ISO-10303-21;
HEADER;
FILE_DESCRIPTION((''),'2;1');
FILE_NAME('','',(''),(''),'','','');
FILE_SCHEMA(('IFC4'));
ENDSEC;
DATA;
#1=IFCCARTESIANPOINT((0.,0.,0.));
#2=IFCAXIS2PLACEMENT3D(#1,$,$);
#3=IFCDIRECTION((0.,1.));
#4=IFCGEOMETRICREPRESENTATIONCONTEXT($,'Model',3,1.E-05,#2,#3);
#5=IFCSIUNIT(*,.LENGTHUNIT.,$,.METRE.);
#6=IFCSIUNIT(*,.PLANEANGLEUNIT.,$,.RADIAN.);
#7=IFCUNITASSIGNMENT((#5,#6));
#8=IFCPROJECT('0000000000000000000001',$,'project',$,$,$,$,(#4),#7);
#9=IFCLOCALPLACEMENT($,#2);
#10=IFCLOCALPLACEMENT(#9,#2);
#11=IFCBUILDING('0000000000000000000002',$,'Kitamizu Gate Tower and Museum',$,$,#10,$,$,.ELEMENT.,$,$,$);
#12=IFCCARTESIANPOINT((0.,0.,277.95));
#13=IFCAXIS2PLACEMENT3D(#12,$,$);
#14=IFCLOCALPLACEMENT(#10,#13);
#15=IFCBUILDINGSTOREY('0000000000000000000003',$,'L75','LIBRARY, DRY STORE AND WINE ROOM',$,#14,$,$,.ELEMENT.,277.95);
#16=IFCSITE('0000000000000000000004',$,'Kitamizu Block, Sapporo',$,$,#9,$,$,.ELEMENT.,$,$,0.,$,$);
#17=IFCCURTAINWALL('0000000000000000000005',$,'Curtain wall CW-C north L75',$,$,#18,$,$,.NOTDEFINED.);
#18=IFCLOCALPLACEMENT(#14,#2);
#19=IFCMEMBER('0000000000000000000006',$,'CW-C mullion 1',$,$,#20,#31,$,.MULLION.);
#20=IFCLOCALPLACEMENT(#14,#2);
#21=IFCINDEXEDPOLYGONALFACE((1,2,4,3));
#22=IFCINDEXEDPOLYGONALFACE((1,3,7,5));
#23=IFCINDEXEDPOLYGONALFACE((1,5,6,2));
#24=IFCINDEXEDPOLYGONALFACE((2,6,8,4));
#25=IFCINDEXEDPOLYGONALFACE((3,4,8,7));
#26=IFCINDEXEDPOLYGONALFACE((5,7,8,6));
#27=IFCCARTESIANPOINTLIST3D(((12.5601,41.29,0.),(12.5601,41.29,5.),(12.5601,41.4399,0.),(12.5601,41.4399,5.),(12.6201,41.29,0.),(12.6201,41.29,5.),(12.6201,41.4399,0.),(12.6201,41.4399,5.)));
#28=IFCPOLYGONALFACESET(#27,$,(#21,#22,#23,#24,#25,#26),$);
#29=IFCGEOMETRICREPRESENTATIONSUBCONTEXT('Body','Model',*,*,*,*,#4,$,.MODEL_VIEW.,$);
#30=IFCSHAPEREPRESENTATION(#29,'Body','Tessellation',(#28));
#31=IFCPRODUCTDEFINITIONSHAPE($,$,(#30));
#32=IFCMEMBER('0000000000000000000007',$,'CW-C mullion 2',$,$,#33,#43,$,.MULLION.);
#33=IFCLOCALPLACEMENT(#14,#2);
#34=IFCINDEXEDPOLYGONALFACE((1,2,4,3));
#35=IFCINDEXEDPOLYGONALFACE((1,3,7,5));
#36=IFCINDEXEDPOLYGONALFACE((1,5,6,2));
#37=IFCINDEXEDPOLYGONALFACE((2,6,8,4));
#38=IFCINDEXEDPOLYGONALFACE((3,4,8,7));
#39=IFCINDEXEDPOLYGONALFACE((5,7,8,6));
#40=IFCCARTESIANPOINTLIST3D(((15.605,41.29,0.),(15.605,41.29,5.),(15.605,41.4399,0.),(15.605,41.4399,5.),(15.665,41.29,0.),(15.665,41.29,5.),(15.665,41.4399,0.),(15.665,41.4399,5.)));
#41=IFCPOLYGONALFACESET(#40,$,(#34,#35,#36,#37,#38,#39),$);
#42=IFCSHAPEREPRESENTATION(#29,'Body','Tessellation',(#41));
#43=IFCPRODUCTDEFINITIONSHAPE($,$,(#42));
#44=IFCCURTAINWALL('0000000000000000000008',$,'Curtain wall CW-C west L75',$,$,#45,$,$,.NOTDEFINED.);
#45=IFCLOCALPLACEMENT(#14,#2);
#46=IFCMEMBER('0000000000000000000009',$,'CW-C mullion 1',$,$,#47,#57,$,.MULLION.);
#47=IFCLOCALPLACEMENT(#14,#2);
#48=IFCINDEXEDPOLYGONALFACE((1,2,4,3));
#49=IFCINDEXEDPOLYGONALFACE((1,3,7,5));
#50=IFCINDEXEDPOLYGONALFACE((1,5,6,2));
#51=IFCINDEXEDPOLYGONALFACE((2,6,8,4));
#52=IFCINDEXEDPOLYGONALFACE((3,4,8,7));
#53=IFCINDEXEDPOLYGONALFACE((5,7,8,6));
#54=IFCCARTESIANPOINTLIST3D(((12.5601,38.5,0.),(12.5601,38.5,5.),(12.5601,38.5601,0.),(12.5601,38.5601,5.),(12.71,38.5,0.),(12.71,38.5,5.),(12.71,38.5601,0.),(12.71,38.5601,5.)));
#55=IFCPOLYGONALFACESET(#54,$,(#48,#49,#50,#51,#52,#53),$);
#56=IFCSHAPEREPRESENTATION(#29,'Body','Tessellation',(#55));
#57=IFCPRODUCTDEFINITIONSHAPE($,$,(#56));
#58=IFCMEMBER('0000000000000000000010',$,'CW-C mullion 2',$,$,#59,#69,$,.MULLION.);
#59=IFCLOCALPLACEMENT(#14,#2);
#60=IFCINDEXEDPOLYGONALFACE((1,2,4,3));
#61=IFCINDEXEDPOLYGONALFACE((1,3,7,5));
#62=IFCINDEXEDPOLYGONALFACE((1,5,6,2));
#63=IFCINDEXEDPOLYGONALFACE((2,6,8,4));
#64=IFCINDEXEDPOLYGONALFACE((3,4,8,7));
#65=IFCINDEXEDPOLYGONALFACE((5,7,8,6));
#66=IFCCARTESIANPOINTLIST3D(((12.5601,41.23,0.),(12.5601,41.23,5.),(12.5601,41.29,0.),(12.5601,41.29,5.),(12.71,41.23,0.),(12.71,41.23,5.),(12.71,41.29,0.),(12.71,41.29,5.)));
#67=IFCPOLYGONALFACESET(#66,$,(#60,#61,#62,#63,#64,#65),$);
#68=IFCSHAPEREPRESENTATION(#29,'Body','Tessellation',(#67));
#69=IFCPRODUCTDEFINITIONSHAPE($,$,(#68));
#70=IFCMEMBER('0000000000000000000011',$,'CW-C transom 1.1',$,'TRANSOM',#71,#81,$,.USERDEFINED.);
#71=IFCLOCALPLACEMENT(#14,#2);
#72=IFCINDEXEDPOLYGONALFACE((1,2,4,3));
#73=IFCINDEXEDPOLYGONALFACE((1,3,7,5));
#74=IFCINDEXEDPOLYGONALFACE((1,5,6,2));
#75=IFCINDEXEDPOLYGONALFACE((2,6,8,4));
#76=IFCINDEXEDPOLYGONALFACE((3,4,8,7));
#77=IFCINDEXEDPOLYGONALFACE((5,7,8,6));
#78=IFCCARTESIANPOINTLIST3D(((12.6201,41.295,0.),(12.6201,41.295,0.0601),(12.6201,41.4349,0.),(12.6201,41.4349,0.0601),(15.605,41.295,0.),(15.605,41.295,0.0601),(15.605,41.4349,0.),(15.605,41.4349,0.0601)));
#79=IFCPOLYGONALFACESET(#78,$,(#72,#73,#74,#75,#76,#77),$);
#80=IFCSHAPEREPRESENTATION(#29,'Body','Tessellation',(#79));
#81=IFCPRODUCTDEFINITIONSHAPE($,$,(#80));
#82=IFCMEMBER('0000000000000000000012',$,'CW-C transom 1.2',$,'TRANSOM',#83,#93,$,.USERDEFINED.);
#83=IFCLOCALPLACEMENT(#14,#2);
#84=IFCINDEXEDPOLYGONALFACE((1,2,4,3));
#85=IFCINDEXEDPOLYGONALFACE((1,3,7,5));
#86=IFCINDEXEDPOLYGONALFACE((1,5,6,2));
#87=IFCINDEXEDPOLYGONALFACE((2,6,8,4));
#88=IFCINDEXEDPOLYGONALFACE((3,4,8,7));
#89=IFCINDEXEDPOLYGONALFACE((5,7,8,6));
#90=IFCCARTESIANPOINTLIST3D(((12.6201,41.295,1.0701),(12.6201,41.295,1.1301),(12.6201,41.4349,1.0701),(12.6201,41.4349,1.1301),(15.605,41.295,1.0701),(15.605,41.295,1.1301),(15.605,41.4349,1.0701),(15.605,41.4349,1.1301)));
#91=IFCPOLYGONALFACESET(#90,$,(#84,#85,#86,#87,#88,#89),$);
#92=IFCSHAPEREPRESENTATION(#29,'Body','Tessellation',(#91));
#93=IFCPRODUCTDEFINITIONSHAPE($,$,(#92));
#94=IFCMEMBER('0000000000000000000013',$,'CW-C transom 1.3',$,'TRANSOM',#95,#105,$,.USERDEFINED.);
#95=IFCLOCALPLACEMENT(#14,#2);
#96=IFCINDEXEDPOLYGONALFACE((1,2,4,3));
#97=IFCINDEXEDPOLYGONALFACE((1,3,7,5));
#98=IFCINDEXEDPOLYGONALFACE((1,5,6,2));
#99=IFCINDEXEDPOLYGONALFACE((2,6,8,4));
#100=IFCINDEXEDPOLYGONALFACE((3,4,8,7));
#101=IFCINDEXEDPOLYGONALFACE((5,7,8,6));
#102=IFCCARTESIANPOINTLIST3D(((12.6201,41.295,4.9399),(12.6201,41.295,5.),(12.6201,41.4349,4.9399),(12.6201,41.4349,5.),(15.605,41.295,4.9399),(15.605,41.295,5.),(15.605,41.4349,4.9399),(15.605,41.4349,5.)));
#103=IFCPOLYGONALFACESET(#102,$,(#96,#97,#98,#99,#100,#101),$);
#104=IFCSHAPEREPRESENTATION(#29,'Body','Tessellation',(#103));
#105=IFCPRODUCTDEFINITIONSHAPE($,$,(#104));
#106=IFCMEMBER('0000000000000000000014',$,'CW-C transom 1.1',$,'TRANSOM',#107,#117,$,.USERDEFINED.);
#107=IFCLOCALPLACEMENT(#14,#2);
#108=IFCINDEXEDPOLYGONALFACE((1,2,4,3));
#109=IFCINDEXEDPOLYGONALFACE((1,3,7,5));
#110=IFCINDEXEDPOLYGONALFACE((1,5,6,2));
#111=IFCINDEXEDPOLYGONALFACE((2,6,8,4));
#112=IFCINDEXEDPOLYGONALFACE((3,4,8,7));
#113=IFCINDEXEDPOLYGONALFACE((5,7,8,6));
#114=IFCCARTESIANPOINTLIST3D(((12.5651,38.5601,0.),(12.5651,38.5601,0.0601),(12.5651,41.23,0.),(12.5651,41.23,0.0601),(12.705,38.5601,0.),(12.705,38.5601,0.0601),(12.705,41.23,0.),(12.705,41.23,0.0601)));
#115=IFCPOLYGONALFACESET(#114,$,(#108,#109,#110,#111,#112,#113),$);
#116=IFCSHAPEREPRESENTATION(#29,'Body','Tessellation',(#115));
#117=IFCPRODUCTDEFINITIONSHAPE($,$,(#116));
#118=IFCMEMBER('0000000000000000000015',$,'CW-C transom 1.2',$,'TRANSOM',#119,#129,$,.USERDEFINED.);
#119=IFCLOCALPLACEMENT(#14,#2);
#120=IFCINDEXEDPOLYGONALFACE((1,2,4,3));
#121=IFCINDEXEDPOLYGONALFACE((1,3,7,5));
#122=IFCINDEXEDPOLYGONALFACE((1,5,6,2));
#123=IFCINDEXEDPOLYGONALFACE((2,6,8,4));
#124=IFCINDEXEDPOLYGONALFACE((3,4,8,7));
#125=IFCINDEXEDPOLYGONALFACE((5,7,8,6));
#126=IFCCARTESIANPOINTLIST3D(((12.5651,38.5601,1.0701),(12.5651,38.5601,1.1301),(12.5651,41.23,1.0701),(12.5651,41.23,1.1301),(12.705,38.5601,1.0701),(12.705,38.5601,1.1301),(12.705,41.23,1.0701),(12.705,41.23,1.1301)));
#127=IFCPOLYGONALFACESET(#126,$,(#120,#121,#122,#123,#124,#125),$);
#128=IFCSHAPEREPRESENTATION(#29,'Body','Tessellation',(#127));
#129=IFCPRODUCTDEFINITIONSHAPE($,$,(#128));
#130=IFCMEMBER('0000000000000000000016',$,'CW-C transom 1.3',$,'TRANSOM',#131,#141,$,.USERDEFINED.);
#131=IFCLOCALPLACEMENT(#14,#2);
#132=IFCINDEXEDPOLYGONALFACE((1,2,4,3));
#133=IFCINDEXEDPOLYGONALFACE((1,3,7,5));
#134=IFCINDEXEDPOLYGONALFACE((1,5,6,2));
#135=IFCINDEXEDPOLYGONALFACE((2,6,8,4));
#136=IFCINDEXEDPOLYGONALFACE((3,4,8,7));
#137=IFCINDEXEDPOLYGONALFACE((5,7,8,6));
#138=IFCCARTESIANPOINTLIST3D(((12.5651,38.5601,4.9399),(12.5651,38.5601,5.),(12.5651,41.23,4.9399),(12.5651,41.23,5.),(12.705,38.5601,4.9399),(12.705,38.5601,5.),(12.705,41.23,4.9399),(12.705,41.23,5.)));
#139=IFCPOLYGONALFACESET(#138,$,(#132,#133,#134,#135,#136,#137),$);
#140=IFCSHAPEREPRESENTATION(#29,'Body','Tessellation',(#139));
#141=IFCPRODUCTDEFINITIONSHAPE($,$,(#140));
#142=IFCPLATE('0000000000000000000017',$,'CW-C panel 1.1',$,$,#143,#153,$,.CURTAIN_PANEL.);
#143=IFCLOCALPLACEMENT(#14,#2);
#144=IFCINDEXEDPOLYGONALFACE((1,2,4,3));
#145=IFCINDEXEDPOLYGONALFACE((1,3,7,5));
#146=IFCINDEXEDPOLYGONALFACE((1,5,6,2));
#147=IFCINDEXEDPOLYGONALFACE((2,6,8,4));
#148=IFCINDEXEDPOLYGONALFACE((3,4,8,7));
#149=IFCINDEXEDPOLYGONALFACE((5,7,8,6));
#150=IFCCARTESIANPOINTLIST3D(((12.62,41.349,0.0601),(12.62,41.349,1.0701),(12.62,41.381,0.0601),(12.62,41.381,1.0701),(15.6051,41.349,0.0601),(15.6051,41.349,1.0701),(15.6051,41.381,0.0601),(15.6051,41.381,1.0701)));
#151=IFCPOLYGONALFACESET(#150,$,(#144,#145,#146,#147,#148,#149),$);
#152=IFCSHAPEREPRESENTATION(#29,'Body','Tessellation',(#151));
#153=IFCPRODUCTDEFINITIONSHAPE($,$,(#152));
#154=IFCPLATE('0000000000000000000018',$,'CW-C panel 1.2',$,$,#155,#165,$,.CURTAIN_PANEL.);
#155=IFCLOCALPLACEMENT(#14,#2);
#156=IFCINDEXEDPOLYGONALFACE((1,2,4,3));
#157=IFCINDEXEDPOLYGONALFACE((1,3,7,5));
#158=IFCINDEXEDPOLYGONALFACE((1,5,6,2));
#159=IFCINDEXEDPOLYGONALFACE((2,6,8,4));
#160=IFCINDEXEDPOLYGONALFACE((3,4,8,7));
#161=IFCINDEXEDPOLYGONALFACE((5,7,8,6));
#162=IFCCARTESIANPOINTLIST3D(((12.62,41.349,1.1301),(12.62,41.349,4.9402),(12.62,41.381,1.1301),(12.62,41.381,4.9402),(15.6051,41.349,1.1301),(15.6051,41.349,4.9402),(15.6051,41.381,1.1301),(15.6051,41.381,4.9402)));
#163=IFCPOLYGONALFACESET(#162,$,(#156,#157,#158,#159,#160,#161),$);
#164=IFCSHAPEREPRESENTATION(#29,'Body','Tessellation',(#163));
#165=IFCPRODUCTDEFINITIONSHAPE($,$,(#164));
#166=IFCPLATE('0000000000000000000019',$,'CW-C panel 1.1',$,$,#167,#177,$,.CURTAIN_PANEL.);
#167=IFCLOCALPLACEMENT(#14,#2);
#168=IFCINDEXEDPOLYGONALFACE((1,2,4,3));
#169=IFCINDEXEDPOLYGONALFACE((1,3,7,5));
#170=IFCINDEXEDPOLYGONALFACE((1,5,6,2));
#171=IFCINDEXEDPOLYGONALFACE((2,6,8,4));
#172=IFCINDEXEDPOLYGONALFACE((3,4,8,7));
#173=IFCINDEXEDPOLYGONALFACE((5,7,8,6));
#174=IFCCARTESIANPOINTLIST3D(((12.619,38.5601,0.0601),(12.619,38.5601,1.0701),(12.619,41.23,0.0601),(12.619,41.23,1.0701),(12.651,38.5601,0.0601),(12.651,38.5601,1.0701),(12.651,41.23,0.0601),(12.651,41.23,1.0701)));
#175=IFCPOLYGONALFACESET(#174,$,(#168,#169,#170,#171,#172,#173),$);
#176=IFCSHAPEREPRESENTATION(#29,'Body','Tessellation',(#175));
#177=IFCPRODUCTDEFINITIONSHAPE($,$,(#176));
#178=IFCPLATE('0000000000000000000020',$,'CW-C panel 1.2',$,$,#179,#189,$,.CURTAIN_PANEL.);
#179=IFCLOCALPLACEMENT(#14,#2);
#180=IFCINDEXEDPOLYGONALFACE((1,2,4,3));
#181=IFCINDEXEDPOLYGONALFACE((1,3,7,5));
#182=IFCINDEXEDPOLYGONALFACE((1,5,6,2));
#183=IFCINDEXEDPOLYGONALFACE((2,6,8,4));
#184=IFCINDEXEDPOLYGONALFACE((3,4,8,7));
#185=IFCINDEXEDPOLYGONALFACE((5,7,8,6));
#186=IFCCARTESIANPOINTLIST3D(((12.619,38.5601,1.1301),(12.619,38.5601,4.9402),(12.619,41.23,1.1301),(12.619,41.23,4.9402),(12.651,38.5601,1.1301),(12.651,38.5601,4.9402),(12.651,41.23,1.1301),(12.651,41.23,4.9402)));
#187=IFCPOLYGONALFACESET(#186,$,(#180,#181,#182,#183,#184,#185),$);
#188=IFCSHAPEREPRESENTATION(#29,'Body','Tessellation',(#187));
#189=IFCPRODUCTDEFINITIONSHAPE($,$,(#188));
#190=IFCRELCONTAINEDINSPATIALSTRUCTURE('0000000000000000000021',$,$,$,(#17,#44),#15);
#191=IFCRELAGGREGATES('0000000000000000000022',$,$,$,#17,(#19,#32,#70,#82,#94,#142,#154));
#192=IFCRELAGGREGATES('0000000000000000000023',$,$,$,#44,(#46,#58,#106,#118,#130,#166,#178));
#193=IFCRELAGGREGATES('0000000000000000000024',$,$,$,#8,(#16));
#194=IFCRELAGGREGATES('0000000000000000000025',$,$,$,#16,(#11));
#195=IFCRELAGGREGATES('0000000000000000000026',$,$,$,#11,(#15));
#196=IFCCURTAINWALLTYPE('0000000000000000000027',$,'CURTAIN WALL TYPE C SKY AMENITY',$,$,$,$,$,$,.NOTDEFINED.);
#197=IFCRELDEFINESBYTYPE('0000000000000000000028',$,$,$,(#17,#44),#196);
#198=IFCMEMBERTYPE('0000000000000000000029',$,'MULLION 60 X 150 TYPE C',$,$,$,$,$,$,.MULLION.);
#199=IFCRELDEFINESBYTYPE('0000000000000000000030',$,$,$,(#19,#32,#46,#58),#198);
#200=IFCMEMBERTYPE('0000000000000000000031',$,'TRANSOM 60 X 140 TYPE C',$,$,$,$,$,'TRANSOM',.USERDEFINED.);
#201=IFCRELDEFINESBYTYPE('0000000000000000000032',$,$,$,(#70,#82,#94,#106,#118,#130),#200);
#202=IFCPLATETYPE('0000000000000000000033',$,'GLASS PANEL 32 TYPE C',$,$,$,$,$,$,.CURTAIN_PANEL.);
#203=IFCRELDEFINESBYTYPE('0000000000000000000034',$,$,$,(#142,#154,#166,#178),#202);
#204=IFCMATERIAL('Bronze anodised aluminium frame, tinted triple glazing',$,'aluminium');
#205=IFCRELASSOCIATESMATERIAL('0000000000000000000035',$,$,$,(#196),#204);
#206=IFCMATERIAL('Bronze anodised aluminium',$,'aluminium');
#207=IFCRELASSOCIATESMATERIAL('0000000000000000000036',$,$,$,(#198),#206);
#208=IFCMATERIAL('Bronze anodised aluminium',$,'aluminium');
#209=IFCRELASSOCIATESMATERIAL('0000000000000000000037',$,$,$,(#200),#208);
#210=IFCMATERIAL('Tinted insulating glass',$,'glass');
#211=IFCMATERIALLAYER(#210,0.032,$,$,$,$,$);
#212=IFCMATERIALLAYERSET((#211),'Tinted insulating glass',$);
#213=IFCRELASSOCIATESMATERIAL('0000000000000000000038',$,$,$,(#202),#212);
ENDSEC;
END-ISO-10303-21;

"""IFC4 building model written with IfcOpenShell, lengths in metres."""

from ifc_helpers import new_model, si_unit, direction, frame, origin, origin_2d, place, context, subcontext, project, spatial, rectangle, extrude, material, layer, layer_set, material_profile, profile_set, type_object, element, aggregate, save


model = new_model("IFC4")

# Units and contexts
model_context = context("Model", 3, precision=1e-05, world=origin(), true_north=direction((0.0, 1.0)))
body_context = subcontext(model_context, "Body", "Model", "MODEL_VIEW")
ifc_project = project(units=[si_unit("LENGTHUNIT", "METRE"), si_unit("PLANEANGLEUNIT", "RADIAN")], contexts=[model_context])

# Site, building, storey
site_placement = place(None, origin())
site = spatial("IfcSite", under=ifc_project, at=site_placement, Name="Kitamizu Block, Sapporo", CompositionType="ELEMENT", RefElevation=0.0)
building_placement = place(site_placement, origin())
building = spatial("IfcBuilding", under=site, at=building_placement, Name="Kitamizu Gate Tower and Museum", CompositionType="ELEMENT")
storey_placement = place(building_placement, frame((0.0, 0.0, 277.95)))
storey = spatial("IfcBuildingStorey", under=building, at=storey_placement, Name="L75", Description="LIBRARY, DRY STORE AND WINE ROOM", CompositionType="ELEMENT", Elevation=277.95)

# Curtain walls, members
ifc_material_1 = material(Name="Bronze anodised aluminium frame, tinted triple glazing", Category="aluminium")
curtain_wall_type = type_object("IfcCurtainWallType", Name="CURTAIN WALL TYPE C SKY AMENITY", PredefinedType="NOTDEFINED", material=ifc_material_1)
curtain_wall_1_placement = place(storey_placement, origin())
curtain_wall_1 = element("IfcCurtainWall", 1, at=curtain_wall_1_placement, inside=storey, type_object=curtain_wall_type, Name="Curtain wall CW-C north L75", PredefinedType="NOTDEFINED")
ifc_material_2 = material(Name="Bronze anodised aluminium", Category="aluminium")
ifc_material_profile_1 = material_profile(ifc_material_2, rectangle(XDim=0.0601, YDim=0.1499, at=origin_2d()), Name="AL 60X150")
ifc_profile_set_1 = profile_set([ifc_material_profile_1], Name="Bronze anodised aluminium")
member_type_1 = type_object("IfcMemberType", Name="MULLION 60 X 150 TYPE C", PredefinedType="MULLION", material=ifc_profile_set_1)
member_1_placement = place(storey_placement, frame((12.5901, 41.365, 0.0), z_axis=(0.0, 0.0, 1.0), x_axis=(1.0, 0.0, 0.0)))
member_1 = element("IfcMember", 2, at=member_1_placement, type_object=member_type_1, Name="CW-C mullion 1", PredefinedType="MULLION", context=body_context, shape_type="SweptSolid", body=[
    extrude(rectangle(XDim=0.0601, YDim=0.1499, at=origin_2d()), origin(), (0.0, 0.0, 1.0), 5.0),
])
member_2_placement = place(storey_placement, frame((15.635, 41.365, 0.0), z_axis=(0.0, 0.0, 1.0), x_axis=(1.0, 0.0, 0.0)))
member_2 = element("IfcMember", 3, at=member_2_placement, type_object=member_type_1, Name="CW-C mullion 2", PredefinedType="MULLION", context=body_context, shape_type="SweptSolid", body=[
    extrude(rectangle(XDim=0.0601, YDim=0.1499, at=origin_2d()), origin(), (0.0, 0.0, 1.0), 5.0),
])
curtain_wall_2_placement = place(storey_placement, origin())
curtain_wall_2 = element("IfcCurtainWall", 4, at=curtain_wall_2_placement, inside=storey, type_object=curtain_wall_type, Name="Curtain wall CW-C west L75", PredefinedType="NOTDEFINED")
member_3_placement = place(storey_placement, frame((12.635, 38.53, 0.0), z_axis=(0.0, 0.0, 1.0), x_axis=(0.0, 1.0, 0.0)))
member_3 = element("IfcMember", 5, at=member_3_placement, type_object=member_type_1, Name="CW-C mullion 1", PredefinedType="MULLION", context=body_context, shape_type="SweptSolid", body=[
    extrude(rectangle(XDim=0.0601, YDim=0.1499, at=origin_2d()), origin(), (0.0, 0.0, 1.0), 5.0),
])
member_4_placement = place(storey_placement, frame((12.635, 41.26, 0.0), z_axis=(0.0, 0.0, 1.0), x_axis=(0.0, 1.0, 0.0)))
member_4 = element("IfcMember", 6, at=member_4_placement, type_object=member_type_1, Name="CW-C mullion 2", PredefinedType="MULLION", context=body_context, shape_type="SweptSolid", body=[
    extrude(rectangle(XDim=0.0601, YDim=0.1499, at=origin_2d()), origin(), (0.0, 0.0, 1.0), 5.0),
])

# Members
ifc_material_3 = material(Name="Bronze anodised aluminium", Category="aluminium")
ifc_material_profile_2 = material_profile(ifc_material_3, rectangle(XDim=0.1399, YDim=0.0601, at=origin_2d()), Name="AL 60X140")
ifc_profile_set_2 = profile_set([ifc_material_profile_2], Name="Bronze anodised aluminium")
member_type_2 = type_object("IfcMemberType", Name="TRANSOM 60 X 140 TYPE C", ElementType="TRANSOM", PredefinedType="USERDEFINED", material=ifc_profile_set_2)
member_5_placement = place(storey_placement, frame((12.6201, 41.365, 0.03), z_axis=(1.0, 0.0, 0.0), x_axis=(0.0, 1.0, 0.0)))
member_5 = element("IfcMember", 7, at=member_5_placement, type_object=member_type_2, Name="CW-C transom 1.1", ObjectType="TRANSOM", PredefinedType="USERDEFINED", context=body_context, shape_type="SweptSolid", body=[
    extrude(rectangle(XDim=0.1399, YDim=0.0601, at=origin_2d()), origin(), (0.0, 0.0, 1.0), 2.9849),
])
member_6_placement = place(storey_placement, frame((12.6201, 41.365, 1.1001), z_axis=(1.0, 0.0, 0.0), x_axis=(0.0, 1.0, 0.0)))
member_6 = element("IfcMember", 8, at=member_6_placement, type_object=member_type_2, Name="CW-C transom 1.2", ObjectType="TRANSOM", PredefinedType="USERDEFINED", context=body_context, shape_type="SweptSolid", body=[
    extrude(rectangle(XDim=0.1399, YDim=0.0601, at=origin_2d()), origin(), (0.0, 0.0, 1.0), 2.9849),
])
member_7_placement = place(storey_placement, frame((12.6201, 41.365, 4.97), z_axis=(1.0, 0.0, 0.0), x_axis=(0.0, 1.0, 0.0)))
member_7 = element("IfcMember", 9, at=member_7_placement, type_object=member_type_2, Name="CW-C transom 1.3", ObjectType="TRANSOM", PredefinedType="USERDEFINED", context=body_context, shape_type="SweptSolid", body=[
    extrude(rectangle(XDim=0.1399, YDim=0.0601, at=origin_2d()), origin(), (0.0, 0.0, 1.0), 2.9849),
])
member_8_placement = place(storey_placement, frame((12.635, 38.5601, 0.03), z_axis=(0.0, 1.0, 0.0), x_axis=(-1.0, 0.0, 0.0)))
member_8 = element("IfcMember", 10, at=member_8_placement, type_object=member_type_2, Name="CW-C transom 1.1", ObjectType="TRANSOM", PredefinedType="USERDEFINED", context=body_context, shape_type="SweptSolid", body=[
    extrude(rectangle(XDim=0.1399, YDim=0.0601, at=origin_2d()), origin(), (0.0, 0.0, 1.0), 2.6699),
])
member_9_placement = place(storey_placement, frame((12.635, 38.5601, 1.1001), z_axis=(0.0, 1.0, 0.0), x_axis=(-1.0, 0.0, 0.0)))
member_9 = element("IfcMember", 11, at=member_9_placement, type_object=member_type_2, Name="CW-C transom 1.2", ObjectType="TRANSOM", PredefinedType="USERDEFINED", context=body_context, shape_type="SweptSolid", body=[
    extrude(rectangle(XDim=0.1399, YDim=0.0601, at=origin_2d()), origin(), (0.0, 0.0, 1.0), 2.6699),
])
member_10_placement = place(storey_placement, frame((12.635, 38.5601, 4.97), z_axis=(0.0, 1.0, 0.0), x_axis=(-1.0, 0.0, 0.0)))
member_10 = element("IfcMember", 12, at=member_10_placement, type_object=member_type_2, Name="CW-C transom 1.3", ObjectType="TRANSOM", PredefinedType="USERDEFINED", context=body_context, shape_type="SweptSolid", body=[
    extrude(rectangle(XDim=0.1399, YDim=0.0601, at=origin_2d()), origin(), (0.0, 0.0, 1.0), 2.6699),
])

# Plates
ifc_material_4 = material(Name="Tinted insulating glass", Category="glass")
ifc_layer_1 = layer(ifc_material_4, 0.032)
ifc_layer_set_1 = layer_set([ifc_layer_1], Name="Tinted insulating glass")
plate_type = type_object("IfcPlateType", Name="GLASS PANEL 32 TYPE C", PredefinedType="CURTAIN_PANEL", material=ifc_layer_set_1)
plate_1_placement = place(storey_placement, frame((14.1125, 41.365, 0.0601), z_axis=(0.0, 0.0, 1.0), x_axis=(1.0, 0.0, 0.0)))
plate_1 = element("IfcPlate", 13, at=plate_1_placement, type_object=plate_type, Name="CW-C panel 1.1", PredefinedType="CURTAIN_PANEL", context=body_context, shape_type="SweptSolid", body=[
    extrude(rectangle(XDim=2.9851, YDim=0.032, at=origin_2d()), origin(), (0.0, 0.0, 1.0), 1.01),
])
plate_2_placement = place(storey_placement, frame((14.1125, 41.365, 1.1301), z_axis=(0.0, 0.0, 1.0), x_axis=(1.0, 0.0, 0.0)))
plate_2 = element("IfcPlate", 14, at=plate_2_placement, type_object=plate_type, Name="CW-C panel 1.2", PredefinedType="CURTAIN_PANEL", context=body_context, shape_type="SweptSolid", body=[
    extrude(rectangle(XDim=2.9851, YDim=0.032, at=origin_2d()), origin(), (0.0, 0.0, 1.0), 3.8101),
])
aggregate(curtain_wall_1, [member_1, member_2, member_5, member_6, member_7, plate_1, plate_2])
plate_3_placement = place(storey_placement, frame((12.635, 39.895, 0.0601), z_axis=(0.0, 0.0, 1.0), x_axis=(0.0, 1.0, 0.0)))
plate_3 = element("IfcPlate", 15, at=plate_3_placement, type_object=plate_type, Name="CW-C panel 1.1", PredefinedType="CURTAIN_PANEL", context=body_context, shape_type="SweptSolid", body=[
    extrude(rectangle(XDim=2.6699, YDim=0.032, at=origin_2d()), origin(), (0.0, 0.0, 1.0), 1.01),
])
plate_4_placement = place(storey_placement, frame((12.635, 39.895, 1.1301), z_axis=(0.0, 0.0, 1.0), x_axis=(0.0, 1.0, 0.0)))
plate_4 = element("IfcPlate", 16, at=plate_4_placement, type_object=plate_type, Name="CW-C panel 1.2", PredefinedType="CURTAIN_PANEL", context=body_context, shape_type="SweptSolid", body=[
    extrude(rectangle(XDim=2.6699, YDim=0.032, at=origin_2d()), origin(), (0.0, 0.0, 1.0), 3.8101),
])
aggregate(curtain_wall_2, [member_3, member_4, member_8, member_9, member_10, plate_3, plate_4])

save(model, "model.ifc")
